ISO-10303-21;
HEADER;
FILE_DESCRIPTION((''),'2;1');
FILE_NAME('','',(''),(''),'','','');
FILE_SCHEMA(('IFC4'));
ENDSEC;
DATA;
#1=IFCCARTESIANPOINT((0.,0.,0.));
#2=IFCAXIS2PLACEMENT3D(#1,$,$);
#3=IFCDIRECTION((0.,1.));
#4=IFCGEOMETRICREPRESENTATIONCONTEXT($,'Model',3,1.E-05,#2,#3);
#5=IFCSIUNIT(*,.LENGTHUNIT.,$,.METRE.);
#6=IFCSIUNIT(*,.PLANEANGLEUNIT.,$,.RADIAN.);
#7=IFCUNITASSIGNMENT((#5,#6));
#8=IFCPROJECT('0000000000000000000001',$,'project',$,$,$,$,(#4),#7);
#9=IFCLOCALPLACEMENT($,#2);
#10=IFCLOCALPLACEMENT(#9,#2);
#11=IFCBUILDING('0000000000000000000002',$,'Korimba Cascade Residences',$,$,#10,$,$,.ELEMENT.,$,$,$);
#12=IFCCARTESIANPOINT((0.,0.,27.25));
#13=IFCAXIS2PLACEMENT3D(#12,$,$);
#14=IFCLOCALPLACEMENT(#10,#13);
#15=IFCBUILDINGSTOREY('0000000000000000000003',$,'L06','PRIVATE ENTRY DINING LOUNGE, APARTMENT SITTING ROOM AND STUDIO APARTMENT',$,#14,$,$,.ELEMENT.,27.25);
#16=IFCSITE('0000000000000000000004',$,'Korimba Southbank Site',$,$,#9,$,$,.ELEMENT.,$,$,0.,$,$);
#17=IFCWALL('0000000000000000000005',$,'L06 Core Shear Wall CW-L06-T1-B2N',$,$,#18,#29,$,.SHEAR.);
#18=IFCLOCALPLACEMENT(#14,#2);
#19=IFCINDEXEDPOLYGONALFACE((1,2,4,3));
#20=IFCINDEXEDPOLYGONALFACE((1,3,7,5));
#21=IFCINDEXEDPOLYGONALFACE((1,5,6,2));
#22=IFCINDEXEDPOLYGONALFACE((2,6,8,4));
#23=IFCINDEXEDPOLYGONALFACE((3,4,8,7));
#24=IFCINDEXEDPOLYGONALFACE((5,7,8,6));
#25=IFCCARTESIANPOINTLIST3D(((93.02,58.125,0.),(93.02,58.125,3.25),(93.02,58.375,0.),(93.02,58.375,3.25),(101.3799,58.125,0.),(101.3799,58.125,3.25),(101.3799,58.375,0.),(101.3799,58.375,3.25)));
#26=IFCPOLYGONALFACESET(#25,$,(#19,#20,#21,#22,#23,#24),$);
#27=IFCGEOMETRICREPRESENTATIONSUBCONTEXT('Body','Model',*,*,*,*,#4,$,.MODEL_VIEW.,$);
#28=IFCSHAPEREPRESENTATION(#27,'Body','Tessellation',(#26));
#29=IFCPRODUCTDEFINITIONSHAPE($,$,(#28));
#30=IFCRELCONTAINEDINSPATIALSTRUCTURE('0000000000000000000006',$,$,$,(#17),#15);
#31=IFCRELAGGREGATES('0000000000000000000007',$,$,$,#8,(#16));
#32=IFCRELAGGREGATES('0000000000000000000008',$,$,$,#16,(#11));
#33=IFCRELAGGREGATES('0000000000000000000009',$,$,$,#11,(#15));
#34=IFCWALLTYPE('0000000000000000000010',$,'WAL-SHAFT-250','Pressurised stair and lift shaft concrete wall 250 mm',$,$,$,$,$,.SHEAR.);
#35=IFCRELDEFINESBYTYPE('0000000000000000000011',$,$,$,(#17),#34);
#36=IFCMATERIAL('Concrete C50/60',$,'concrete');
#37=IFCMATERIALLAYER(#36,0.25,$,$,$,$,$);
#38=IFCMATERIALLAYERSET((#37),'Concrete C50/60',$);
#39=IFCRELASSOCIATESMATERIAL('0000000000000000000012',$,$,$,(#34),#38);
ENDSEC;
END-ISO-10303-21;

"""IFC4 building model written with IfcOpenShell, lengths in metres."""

from ifc_helpers import new_model, si_unit, direction, frame, frame_2d, origin, place, context, subcontext, project, spatial, rectangle, extrude, material, layer, layer_set, type_object, element, save


model = new_model("IFC4")

# Units and contexts
model_context = context("Model", 3, precision=1e-05, world=origin(), true_north=direction((0.0, 1.0)))
body_context = subcontext(model_context, "Body", "Model", "MODEL_VIEW")
ifc_project = project(units=[si_unit("LENGTHUNIT", "METRE"), si_unit("PLANEANGLEUNIT", "RADIAN")], contexts=[model_context])

# Site, building, storey
site_placement = place(None, origin())
site = spatial("IfcSite", under=ifc_project, at=site_placement, Name="Korimba Southbank Site", CompositionType="ELEMENT", RefElevation=0.0)
building_placement = place(site_placement, origin())
building = spatial("IfcBuilding", under=site, at=building_placement, Name="Korimba Cascade Residences", CompositionType="ELEMENT")
storey_placement = place(building_placement, frame((0.0, 0.0, 27.25)))
storey = spatial("IfcBuildingStorey", under=building, at=storey_placement, Name="L06", Description="PRIVATE ENTRY DINING LOUNGE, APARTMENT SITTING ROOM AND STUDIO APARTMENT", CompositionType="ELEMENT", Elevation=27.25)

# Shared definitions
ifc_material_1 = material(Name="Concrete C50/60", Category="concrete")

# Wall
ifc_layer_1 = layer(ifc_material_1, 0.25)
ifc_layer_set_1 = layer_set([ifc_layer_1], Name="Concrete C50/60")
wall_type_1 = type_object("IfcWallType", Name="WAL-SHAFT-250", Description="Pressurised stair and lift shaft concrete wall 250 mm", PredefinedType="SHEAR", material=ifc_layer_set_1)
wall_1_placement = place(storey_placement, frame((93.02, 58.25, 0.0), z_axis=(0.0, 0.0, 1.0), x_axis=(1.0, 0.0, 0.0)))
element("IfcWall", 1, at=wall_1_placement, inside=storey, type_object=wall_type_1, Name="L06 Core Shear Wall CW-L06-T1-B2N", PredefinedType="SHEAR", context=body_context, shape_type="SweptSolid", body=[
    extrude(rectangle(XDim=8.3599, YDim=0.25, at=frame_2d((4.1799, 0.0))), origin(), (0.0, 0.0, 1.0), 3.25),
])

save(model, "model.ifc")
